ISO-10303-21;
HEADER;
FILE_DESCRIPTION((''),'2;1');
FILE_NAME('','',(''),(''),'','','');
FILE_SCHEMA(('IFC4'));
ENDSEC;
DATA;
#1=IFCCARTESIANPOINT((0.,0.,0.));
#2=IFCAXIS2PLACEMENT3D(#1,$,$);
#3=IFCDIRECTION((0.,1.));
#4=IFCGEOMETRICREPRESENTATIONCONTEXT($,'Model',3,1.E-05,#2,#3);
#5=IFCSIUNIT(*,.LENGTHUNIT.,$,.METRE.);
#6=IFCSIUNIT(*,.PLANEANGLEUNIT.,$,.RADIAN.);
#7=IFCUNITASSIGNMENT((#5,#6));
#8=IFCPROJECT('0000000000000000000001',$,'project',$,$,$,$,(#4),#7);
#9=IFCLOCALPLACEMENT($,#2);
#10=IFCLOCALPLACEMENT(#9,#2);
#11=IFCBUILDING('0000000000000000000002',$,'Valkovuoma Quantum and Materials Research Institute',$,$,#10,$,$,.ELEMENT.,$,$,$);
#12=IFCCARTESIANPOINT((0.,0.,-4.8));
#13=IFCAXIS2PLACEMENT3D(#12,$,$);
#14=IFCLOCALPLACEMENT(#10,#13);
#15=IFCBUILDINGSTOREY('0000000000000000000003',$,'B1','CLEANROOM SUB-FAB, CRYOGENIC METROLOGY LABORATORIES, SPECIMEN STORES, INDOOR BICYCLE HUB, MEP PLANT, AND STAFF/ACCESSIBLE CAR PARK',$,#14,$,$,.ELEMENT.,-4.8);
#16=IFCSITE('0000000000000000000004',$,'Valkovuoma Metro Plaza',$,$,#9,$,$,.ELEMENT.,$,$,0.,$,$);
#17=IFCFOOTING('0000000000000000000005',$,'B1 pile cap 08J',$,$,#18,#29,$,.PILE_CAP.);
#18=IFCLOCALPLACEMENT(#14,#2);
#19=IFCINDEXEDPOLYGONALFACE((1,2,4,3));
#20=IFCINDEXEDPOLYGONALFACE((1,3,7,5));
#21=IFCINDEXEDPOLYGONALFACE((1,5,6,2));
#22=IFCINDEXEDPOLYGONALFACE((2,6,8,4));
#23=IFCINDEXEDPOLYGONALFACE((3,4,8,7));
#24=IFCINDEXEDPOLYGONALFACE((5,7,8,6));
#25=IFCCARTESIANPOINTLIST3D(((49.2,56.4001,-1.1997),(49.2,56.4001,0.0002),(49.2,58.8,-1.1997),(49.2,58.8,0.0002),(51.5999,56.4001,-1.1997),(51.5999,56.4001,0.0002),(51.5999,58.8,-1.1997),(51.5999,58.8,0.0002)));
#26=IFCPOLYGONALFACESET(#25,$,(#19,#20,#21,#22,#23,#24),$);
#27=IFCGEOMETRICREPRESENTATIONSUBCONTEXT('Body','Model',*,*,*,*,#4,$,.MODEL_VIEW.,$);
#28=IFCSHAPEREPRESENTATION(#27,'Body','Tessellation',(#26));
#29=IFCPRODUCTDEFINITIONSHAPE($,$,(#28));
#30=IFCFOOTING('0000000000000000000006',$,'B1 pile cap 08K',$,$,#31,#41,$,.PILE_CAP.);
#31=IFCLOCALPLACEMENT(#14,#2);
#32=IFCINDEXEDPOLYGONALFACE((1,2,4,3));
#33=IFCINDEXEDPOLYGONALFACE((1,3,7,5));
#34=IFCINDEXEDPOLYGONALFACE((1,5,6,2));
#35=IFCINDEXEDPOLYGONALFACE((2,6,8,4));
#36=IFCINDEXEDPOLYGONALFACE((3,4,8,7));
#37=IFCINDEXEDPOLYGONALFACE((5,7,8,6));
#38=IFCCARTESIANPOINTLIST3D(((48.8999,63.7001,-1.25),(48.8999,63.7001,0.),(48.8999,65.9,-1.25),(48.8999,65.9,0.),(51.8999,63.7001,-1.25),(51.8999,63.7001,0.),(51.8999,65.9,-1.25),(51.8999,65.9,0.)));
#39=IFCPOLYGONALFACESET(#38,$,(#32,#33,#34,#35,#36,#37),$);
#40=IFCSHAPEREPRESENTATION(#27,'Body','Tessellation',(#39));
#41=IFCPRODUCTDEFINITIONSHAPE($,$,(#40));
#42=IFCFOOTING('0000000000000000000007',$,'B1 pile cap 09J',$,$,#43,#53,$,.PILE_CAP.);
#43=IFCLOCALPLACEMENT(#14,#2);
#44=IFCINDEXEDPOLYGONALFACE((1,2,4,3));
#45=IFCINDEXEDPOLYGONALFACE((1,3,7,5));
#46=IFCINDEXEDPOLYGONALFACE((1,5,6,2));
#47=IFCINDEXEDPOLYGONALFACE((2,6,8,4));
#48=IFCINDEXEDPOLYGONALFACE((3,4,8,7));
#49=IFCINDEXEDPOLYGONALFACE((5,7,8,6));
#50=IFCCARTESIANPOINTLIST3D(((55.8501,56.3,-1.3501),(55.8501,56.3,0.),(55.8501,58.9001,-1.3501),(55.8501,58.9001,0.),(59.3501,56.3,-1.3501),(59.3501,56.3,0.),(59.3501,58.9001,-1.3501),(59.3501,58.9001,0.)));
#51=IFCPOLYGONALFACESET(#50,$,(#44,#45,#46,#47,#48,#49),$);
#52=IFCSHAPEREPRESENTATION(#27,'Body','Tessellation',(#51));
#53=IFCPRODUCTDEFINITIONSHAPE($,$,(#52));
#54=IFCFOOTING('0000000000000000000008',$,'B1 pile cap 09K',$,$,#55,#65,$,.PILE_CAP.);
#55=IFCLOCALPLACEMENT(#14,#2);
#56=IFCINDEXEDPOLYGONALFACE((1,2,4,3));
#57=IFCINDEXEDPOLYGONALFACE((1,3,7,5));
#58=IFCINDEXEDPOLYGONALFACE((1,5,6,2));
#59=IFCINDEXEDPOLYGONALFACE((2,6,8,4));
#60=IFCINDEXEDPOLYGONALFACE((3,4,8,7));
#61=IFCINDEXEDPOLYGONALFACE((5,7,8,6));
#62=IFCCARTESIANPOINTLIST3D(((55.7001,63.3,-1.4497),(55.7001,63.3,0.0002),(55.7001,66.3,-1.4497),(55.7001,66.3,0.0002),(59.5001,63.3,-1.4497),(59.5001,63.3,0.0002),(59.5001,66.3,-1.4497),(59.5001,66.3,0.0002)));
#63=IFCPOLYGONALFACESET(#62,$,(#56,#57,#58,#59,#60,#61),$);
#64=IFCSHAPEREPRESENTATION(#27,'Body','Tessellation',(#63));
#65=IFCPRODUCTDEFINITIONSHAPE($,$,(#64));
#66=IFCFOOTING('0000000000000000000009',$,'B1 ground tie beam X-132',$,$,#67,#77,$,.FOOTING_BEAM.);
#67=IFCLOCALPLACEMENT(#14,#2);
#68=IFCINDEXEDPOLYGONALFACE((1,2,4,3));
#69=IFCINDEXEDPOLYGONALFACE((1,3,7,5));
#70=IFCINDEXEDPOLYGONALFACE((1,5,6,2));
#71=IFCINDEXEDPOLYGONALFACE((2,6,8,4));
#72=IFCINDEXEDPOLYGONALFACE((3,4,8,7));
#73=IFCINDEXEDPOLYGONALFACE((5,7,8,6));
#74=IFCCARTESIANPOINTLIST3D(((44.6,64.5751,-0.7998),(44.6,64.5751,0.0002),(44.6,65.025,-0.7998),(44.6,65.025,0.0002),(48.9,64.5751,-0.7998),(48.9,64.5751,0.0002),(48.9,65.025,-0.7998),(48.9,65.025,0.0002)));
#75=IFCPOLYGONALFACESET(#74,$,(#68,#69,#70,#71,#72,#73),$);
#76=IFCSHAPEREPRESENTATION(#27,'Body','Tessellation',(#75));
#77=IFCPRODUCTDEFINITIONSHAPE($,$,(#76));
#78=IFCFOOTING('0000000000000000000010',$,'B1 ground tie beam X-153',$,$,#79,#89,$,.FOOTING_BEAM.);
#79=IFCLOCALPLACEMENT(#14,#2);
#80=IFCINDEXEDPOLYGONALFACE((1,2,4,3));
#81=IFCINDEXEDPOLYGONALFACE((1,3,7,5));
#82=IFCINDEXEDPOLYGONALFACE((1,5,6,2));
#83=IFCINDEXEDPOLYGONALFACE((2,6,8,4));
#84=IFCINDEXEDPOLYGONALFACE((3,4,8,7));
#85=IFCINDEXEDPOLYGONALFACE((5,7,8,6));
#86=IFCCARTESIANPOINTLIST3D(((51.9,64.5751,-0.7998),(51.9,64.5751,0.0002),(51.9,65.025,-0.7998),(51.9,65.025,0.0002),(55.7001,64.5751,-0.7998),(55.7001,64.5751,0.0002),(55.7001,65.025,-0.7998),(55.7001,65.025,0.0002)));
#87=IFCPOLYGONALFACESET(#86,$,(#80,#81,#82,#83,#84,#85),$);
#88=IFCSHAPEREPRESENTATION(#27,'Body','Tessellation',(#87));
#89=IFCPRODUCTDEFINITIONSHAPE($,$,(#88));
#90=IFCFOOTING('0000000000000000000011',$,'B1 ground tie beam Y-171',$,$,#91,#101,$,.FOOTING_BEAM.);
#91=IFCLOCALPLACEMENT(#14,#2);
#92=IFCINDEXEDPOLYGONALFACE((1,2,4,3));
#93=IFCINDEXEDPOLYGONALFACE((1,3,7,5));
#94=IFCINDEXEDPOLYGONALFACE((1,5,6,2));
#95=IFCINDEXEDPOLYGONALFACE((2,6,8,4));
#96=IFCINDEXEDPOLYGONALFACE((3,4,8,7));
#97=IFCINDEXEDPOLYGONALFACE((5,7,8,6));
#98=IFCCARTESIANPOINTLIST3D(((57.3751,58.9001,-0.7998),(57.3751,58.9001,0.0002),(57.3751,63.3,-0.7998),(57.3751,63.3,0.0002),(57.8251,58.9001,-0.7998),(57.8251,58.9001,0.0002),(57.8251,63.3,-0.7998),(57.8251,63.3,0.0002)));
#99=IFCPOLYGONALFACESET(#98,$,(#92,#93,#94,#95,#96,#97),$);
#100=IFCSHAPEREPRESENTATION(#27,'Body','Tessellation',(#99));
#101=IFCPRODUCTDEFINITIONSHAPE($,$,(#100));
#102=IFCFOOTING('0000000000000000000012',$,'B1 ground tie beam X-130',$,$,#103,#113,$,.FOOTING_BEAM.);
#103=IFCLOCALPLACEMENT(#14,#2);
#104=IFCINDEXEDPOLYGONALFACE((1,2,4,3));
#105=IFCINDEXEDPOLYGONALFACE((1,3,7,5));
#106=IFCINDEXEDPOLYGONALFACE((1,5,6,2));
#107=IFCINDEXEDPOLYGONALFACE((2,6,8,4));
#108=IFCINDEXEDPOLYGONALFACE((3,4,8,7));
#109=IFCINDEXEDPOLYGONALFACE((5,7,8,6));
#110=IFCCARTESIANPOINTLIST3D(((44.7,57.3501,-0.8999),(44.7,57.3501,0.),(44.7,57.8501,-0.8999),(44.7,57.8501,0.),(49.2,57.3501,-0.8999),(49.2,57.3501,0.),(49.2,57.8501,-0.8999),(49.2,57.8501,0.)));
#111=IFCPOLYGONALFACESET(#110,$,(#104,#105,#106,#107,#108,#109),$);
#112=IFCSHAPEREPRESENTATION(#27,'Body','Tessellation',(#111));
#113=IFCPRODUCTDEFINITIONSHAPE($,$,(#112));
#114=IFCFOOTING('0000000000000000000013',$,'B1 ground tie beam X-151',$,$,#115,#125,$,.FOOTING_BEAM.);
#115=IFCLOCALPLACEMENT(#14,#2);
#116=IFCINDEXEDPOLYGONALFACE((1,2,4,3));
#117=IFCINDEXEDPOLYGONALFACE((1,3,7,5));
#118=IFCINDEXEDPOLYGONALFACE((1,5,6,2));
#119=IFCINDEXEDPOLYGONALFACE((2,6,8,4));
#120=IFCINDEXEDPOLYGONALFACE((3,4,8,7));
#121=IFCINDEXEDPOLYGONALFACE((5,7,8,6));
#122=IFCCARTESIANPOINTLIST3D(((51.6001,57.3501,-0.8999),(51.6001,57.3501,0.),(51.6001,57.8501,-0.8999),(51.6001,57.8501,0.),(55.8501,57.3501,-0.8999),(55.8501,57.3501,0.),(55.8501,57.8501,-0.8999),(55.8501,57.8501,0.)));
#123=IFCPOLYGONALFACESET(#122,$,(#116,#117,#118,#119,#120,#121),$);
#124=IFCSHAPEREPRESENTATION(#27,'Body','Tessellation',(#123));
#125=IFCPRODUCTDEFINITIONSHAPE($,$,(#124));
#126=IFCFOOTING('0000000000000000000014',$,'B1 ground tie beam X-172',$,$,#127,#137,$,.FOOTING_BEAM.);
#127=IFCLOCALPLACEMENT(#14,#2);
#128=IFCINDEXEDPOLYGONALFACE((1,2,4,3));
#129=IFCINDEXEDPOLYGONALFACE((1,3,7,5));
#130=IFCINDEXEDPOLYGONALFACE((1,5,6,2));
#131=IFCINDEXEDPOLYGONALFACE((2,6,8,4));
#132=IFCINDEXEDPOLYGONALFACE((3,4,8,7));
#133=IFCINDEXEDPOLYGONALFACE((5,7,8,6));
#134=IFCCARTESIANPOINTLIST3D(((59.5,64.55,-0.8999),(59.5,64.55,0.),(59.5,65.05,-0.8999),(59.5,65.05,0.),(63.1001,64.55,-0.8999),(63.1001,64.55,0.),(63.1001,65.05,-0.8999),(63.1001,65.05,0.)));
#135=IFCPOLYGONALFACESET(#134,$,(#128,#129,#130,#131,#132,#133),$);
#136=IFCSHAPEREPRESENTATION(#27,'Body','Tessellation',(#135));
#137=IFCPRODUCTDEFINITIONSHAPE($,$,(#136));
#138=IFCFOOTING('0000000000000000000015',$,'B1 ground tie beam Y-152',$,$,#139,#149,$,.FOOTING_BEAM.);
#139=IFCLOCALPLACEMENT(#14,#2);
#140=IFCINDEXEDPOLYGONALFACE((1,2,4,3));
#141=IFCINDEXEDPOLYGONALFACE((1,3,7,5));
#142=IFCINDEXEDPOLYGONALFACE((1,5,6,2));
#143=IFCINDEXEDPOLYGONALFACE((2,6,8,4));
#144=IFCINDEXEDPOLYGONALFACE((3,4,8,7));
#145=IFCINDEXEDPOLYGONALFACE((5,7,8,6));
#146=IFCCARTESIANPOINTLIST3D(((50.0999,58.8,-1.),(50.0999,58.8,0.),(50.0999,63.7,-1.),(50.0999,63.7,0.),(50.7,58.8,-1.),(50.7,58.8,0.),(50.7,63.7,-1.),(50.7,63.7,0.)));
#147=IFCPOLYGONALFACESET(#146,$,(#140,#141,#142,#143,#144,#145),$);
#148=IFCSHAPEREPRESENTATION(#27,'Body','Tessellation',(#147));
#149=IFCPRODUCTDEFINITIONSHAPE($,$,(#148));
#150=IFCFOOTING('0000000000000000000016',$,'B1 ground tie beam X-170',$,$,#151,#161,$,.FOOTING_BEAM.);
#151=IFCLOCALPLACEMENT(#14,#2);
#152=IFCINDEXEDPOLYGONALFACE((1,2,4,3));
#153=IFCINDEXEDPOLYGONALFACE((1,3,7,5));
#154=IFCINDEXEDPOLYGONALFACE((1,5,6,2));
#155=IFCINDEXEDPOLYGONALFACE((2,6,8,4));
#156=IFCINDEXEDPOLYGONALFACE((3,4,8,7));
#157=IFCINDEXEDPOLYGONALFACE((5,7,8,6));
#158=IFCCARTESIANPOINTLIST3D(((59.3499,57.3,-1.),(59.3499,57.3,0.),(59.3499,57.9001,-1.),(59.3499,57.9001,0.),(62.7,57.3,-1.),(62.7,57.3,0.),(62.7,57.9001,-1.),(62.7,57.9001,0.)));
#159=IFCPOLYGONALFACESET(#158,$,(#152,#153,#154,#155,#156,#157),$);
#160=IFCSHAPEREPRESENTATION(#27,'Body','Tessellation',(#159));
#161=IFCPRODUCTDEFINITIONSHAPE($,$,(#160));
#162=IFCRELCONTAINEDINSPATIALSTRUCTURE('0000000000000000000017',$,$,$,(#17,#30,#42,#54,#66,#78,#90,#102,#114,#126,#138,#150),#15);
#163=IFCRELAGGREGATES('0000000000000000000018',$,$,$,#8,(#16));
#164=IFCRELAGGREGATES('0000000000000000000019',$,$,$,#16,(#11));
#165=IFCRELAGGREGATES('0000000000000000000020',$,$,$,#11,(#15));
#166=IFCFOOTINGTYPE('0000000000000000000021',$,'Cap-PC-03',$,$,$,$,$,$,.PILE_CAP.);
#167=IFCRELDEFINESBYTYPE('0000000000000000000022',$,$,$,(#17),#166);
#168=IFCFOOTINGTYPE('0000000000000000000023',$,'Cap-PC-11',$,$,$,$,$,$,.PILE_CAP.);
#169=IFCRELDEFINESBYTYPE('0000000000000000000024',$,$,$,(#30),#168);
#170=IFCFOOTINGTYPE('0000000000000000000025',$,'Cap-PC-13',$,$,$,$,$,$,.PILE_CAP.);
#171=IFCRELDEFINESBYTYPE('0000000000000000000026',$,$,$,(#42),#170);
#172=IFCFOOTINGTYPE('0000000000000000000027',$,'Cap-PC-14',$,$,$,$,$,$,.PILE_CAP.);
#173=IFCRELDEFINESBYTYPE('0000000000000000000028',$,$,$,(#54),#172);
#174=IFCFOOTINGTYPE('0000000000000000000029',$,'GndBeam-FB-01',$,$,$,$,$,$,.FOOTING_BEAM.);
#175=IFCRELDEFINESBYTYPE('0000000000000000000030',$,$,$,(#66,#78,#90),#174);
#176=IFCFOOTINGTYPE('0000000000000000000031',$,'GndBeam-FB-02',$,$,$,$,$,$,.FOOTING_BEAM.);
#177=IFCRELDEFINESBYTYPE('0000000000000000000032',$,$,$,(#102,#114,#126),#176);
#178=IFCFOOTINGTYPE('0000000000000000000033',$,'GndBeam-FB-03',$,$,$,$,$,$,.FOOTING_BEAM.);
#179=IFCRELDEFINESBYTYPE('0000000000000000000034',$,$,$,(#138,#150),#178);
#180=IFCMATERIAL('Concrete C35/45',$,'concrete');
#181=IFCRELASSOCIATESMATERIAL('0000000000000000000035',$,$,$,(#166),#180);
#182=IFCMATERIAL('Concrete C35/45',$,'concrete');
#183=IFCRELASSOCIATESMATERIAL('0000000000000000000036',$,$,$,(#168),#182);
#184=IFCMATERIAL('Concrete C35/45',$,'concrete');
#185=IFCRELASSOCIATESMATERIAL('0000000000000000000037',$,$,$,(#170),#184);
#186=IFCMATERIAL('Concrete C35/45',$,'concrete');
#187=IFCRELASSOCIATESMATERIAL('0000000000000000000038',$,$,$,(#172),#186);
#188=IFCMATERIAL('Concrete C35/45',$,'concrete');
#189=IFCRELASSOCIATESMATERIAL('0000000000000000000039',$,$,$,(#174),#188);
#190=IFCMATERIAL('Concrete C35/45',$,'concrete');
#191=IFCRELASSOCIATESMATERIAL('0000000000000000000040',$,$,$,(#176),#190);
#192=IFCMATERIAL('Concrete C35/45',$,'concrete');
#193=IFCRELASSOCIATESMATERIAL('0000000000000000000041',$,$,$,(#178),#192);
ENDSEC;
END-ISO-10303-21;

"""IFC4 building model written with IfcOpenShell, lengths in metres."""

from ifc_helpers import new_model, si_unit, direction, frame, origin, origin_2d, place, context, subcontext, project, spatial, rectangle, extrude, material, type_object, element, save


model = new_model("IFC4")

# Units and contexts
model_context = context("Model", 3, precision=1e-05, world=origin(), true_north=direction((0.0, 1.0)))
body_context = subcontext(model_context, "Body", "Model", "MODEL_VIEW")
ifc_project = project(units=[si_unit("LENGTHUNIT", "METRE"), si_unit("PLANEANGLEUNIT", "RADIAN")], contexts=[model_context])

# Site, building, storey
site_placement = place(None, origin())
site = spatial("IfcSite", under=ifc_project, at=site_placement, Name="Valkovuoma Metro Plaza", CompositionType="ELEMENT", RefElevation=0.0)
building_placement = place(site_placement, origin())
building = spatial("IfcBuilding", under=site, at=building_placement, Name="Valkovuoma Quantum and Materials Research Institute", CompositionType="ELEMENT")
storey_placement = place(building_placement, frame((0.0, 0.0, -4.8)))
storey = spatial("IfcBuildingStorey", under=building, at=storey_placement, Name="B1", Description="CLEANROOM SUB-FAB, CRYOGENIC METROLOGY LABORATORIES, SPECIMEN STORES, INDOOR BICYCLE HUB, MEP PLANT, AND STAFF/ACCESSIBLE CAR PARK", CompositionType="ELEMENT", Elevation=-4.8)

# Footings
ifc_material_1 = material(Name="Concrete C35/45", Category="concrete")
footing_type_1 = type_object("IfcFootingType", Name="Cap-PC-03", PredefinedType="PILE_CAP", material=ifc_material_1)
footing_1_placement = place(storey_placement, frame((50.3999, 57.6001, -1.1997), z_axis=(0.0, 0.0, 1.0), x_axis=(1.0, 0.0, 0.0)))
element("IfcFooting", 1, at=footing_1_placement, inside=storey, type_object=footing_type_1, Name="B1 pile cap 08J", PredefinedType="PILE_CAP", context=body_context, shape_type="SweptSolid", body=[
    extrude(rectangle(XDim=2.3999, YDim=2.3999, at=origin_2d()), origin(), (0.0, 0.0, 1.0), 1.2),
])
ifc_material_2 = material(Name="Concrete C35/45", Category="concrete")
footing_type_2 = type_object("IfcFootingType", Name="Cap-PC-11", PredefinedType="PILE_CAP", material=ifc_material_2)
footing_2_placement = place(storey_placement, frame((50.3999, 64.8, -1.25), z_axis=(0.0, 0.0, 1.0), x_axis=(1.0, 0.0, 0.0)))
element("IfcFooting", 2, at=footing_2_placement, inside=storey, type_object=footing_type_2, Name="B1 pile cap 08K", PredefinedType="PILE_CAP", context=body_context, shape_type="SweptSolid", body=[
    extrude(rectangle(XDim=3.0, YDim=2.2, at=origin_2d()), origin(), (0.0, 0.0, 1.0), 1.25),
])
ifc_material_3 = material(Name="Concrete C35/45", Category="concrete")
footing_type_3 = type_object("IfcFootingType", Name="Cap-PC-13", PredefinedType="PILE_CAP", material=ifc_material_3)
footing_3_placement = place(storey_placement, frame((57.6001, 57.6001, -1.3501), z_axis=(0.0, 0.0, 1.0), x_axis=(1.0, 0.0, 0.0)))
element("IfcFooting", 3, at=footing_3_placement, inside=storey, type_object=footing_type_3, Name="B1 pile cap 09J", PredefinedType="PILE_CAP", context=body_context, shape_type="SweptSolid", body=[
    extrude(rectangle(XDim=3.5, YDim=2.6001, at=origin_2d()), origin(), (0.0, 0.0, 1.0), 1.3501),
])
ifc_material_4 = material(Name="Concrete C35/45", Category="concrete")
footing_type_4 = type_object("IfcFootingType", Name="Cap-PC-14", PredefinedType="PILE_CAP", material=ifc_material_4)
footing_4_placement = place(storey_placement, frame((57.6001, 64.8, -1.4497), z_axis=(0.0, 0.0, 1.0), x_axis=(1.0, 0.0, 0.0)))
element("IfcFooting", 4, at=footing_4_placement, inside=storey, type_object=footing_type_4, Name="B1 pile cap 09K", PredefinedType="PILE_CAP", context=body_context, shape_type="SweptSolid", body=[
    extrude(rectangle(XDim=3.8, YDim=3.0, at=origin_2d()), origin(), (0.0, 0.0, 1.0), 1.45),
])
ifc_material_5 = material(Name="Concrete C35/45", Category="concrete")
footing_type_5 = type_object("IfcFootingType", Name="GndBeam-FB-01", PredefinedType="FOOTING_BEAM", material=ifc_material_5)
footing_5_placement = place(storey_placement, frame((46.75, 64.8, -0.7998), z_axis=(0.0, 0.0, 1.0), x_axis=(1.0, 0.0, 0.0)))
element("IfcFooting", 5, at=footing_5_placement, inside=storey, type_object=footing_type_5, Name="B1 ground tie beam X-132", PredefinedType="FOOTING_BEAM", context=body_context, shape_type="SweptSolid", body=[
    extrude(rectangle(XDim=4.3, YDim=0.45, at=origin_2d()), origin(), (0.0, 0.0, 1.0), 0.8),
])
footing_6_placement = place(storey_placement, frame((53.8, 64.8, -0.7998), z_axis=(0.0, 0.0, 1.0), x_axis=(1.0, 0.0, 0.0)))
element("IfcFooting", 6, at=footing_6_placement, inside=storey, type_object=footing_type_5, Name="B1 ground tie beam X-153", PredefinedType="FOOTING_BEAM", context=body_context, shape_type="SweptSolid", body=[
    extrude(rectangle(XDim=3.8, YDim=0.45, at=origin_2d()), origin(), (0.0, 0.0, 1.0), 0.8),
])
footing_7_placement = place(storey_placement, frame((57.6001, 61.1001, -0.7998), z_axis=(0.0, 0.0, 1.0), x_axis=(0.0, 1.0, 0.0)))
element("IfcFooting", 7, at=footing_7_placement, inside=storey, type_object=footing_type_5, Name="B1 ground tie beam Y-171", PredefinedType="FOOTING_BEAM", context=body_context, shape_type="SweptSolid", body=[
    extrude(rectangle(XDim=4.3999, YDim=0.45, at=origin_2d()), origin(), (0.0, 0.0, 1.0), 0.8),
])
ifc_material_6 = material(Name="Concrete C35/45", Category="concrete")
footing_type_6 = type_object("IfcFootingType", Name="GndBeam-FB-02", PredefinedType="FOOTING_BEAM", material=ifc_material_6)
footing_8_placement = place(storey_placement, frame((46.95, 57.6001, -0.8999), z_axis=(0.0, 0.0, 1.0), x_axis=(1.0, 0.0, 0.0)))
element("IfcFooting", 8, at=footing_8_placement, inside=storey, type_object=footing_type_6, Name="B1 ground tie beam X-130", PredefinedType="FOOTING_BEAM", context=body_context, shape_type="SweptSolid", body=[
    extrude(rectangle(XDim=4.5, YDim=0.5, at=origin_2d()), origin(), (0.0, 0.0, 1.0), 0.8999),
])
footing_9_placement = place(storey_placement, frame((53.7251, 57.6001, -0.8999), z_axis=(0.0, 0.0, 1.0), x_axis=(1.0, 0.0, 0.0)))
element("IfcFooting", 9, at=footing_9_placement, inside=storey, type_object=footing_type_6, Name="B1 ground tie beam X-151", PredefinedType="FOOTING_BEAM", context=body_context, shape_type="SweptSolid", body=[
    extrude(rectangle(XDim=4.25, YDim=0.5, at=origin_2d()), origin(), (0.0, 0.0, 1.0), 0.8999),
])
footing_10_placement = place(storey_placement, frame((61.3, 64.8, -0.8999), z_axis=(0.0, 0.0, 1.0), x_axis=(1.0, 0.0, 0.0)))
element("IfcFooting", 10, at=footing_10_placement, inside=storey, type_object=footing_type_6, Name="B1 ground tie beam X-172", PredefinedType="FOOTING_BEAM", context=body_context, shape_type="SweptSolid", body=[
    extrude(rectangle(XDim=3.6001, YDim=0.5, at=origin_2d()), origin(), (0.0, 0.0, 1.0), 0.8999),
])
ifc_material_7 = material(Name="Concrete C35/45", Category="concrete")
footing_type_7 = type_object("IfcFootingType", Name="GndBeam-FB-03", PredefinedType="FOOTING_BEAM", material=ifc_material_7)
footing_11_placement = place(storey_placement, frame((50.3999, 61.25, -1.0), z_axis=(0.0, 0.0, 1.0), x_axis=(0.0, 1.0, 0.0)))
element("IfcFooting", 11, at=footing_11_placement, inside=storey, type_object=footing_type_7, Name="B1 ground tie beam Y-152", PredefinedType="FOOTING_BEAM", context=body_context, shape_type="SweptSolid", body=[
    extrude(rectangle(XDim=4.8999, YDim=0.6001, at=origin_2d()), origin(), (0.0, 0.0, 1.0), 1.0),
])
footing_12_placement = place(storey_placement, frame((61.0249, 57.6001, -1.0), z_axis=(0.0, 0.0, 1.0), x_axis=(1.0, 0.0, 0.0)))
element("IfcFooting", 12, at=footing_12_placement, inside=storey, type_object=footing_type_7, Name="B1 ground tie beam X-170", PredefinedType="FOOTING_BEAM", context=body_context, shape_type="SweptSolid", body=[
    extrude(rectangle(XDim=3.3501, YDim=0.6001, at=origin_2d()), origin(), (0.0, 0.0, 1.0), 1.0),
])

save(model, "model.ifc")
